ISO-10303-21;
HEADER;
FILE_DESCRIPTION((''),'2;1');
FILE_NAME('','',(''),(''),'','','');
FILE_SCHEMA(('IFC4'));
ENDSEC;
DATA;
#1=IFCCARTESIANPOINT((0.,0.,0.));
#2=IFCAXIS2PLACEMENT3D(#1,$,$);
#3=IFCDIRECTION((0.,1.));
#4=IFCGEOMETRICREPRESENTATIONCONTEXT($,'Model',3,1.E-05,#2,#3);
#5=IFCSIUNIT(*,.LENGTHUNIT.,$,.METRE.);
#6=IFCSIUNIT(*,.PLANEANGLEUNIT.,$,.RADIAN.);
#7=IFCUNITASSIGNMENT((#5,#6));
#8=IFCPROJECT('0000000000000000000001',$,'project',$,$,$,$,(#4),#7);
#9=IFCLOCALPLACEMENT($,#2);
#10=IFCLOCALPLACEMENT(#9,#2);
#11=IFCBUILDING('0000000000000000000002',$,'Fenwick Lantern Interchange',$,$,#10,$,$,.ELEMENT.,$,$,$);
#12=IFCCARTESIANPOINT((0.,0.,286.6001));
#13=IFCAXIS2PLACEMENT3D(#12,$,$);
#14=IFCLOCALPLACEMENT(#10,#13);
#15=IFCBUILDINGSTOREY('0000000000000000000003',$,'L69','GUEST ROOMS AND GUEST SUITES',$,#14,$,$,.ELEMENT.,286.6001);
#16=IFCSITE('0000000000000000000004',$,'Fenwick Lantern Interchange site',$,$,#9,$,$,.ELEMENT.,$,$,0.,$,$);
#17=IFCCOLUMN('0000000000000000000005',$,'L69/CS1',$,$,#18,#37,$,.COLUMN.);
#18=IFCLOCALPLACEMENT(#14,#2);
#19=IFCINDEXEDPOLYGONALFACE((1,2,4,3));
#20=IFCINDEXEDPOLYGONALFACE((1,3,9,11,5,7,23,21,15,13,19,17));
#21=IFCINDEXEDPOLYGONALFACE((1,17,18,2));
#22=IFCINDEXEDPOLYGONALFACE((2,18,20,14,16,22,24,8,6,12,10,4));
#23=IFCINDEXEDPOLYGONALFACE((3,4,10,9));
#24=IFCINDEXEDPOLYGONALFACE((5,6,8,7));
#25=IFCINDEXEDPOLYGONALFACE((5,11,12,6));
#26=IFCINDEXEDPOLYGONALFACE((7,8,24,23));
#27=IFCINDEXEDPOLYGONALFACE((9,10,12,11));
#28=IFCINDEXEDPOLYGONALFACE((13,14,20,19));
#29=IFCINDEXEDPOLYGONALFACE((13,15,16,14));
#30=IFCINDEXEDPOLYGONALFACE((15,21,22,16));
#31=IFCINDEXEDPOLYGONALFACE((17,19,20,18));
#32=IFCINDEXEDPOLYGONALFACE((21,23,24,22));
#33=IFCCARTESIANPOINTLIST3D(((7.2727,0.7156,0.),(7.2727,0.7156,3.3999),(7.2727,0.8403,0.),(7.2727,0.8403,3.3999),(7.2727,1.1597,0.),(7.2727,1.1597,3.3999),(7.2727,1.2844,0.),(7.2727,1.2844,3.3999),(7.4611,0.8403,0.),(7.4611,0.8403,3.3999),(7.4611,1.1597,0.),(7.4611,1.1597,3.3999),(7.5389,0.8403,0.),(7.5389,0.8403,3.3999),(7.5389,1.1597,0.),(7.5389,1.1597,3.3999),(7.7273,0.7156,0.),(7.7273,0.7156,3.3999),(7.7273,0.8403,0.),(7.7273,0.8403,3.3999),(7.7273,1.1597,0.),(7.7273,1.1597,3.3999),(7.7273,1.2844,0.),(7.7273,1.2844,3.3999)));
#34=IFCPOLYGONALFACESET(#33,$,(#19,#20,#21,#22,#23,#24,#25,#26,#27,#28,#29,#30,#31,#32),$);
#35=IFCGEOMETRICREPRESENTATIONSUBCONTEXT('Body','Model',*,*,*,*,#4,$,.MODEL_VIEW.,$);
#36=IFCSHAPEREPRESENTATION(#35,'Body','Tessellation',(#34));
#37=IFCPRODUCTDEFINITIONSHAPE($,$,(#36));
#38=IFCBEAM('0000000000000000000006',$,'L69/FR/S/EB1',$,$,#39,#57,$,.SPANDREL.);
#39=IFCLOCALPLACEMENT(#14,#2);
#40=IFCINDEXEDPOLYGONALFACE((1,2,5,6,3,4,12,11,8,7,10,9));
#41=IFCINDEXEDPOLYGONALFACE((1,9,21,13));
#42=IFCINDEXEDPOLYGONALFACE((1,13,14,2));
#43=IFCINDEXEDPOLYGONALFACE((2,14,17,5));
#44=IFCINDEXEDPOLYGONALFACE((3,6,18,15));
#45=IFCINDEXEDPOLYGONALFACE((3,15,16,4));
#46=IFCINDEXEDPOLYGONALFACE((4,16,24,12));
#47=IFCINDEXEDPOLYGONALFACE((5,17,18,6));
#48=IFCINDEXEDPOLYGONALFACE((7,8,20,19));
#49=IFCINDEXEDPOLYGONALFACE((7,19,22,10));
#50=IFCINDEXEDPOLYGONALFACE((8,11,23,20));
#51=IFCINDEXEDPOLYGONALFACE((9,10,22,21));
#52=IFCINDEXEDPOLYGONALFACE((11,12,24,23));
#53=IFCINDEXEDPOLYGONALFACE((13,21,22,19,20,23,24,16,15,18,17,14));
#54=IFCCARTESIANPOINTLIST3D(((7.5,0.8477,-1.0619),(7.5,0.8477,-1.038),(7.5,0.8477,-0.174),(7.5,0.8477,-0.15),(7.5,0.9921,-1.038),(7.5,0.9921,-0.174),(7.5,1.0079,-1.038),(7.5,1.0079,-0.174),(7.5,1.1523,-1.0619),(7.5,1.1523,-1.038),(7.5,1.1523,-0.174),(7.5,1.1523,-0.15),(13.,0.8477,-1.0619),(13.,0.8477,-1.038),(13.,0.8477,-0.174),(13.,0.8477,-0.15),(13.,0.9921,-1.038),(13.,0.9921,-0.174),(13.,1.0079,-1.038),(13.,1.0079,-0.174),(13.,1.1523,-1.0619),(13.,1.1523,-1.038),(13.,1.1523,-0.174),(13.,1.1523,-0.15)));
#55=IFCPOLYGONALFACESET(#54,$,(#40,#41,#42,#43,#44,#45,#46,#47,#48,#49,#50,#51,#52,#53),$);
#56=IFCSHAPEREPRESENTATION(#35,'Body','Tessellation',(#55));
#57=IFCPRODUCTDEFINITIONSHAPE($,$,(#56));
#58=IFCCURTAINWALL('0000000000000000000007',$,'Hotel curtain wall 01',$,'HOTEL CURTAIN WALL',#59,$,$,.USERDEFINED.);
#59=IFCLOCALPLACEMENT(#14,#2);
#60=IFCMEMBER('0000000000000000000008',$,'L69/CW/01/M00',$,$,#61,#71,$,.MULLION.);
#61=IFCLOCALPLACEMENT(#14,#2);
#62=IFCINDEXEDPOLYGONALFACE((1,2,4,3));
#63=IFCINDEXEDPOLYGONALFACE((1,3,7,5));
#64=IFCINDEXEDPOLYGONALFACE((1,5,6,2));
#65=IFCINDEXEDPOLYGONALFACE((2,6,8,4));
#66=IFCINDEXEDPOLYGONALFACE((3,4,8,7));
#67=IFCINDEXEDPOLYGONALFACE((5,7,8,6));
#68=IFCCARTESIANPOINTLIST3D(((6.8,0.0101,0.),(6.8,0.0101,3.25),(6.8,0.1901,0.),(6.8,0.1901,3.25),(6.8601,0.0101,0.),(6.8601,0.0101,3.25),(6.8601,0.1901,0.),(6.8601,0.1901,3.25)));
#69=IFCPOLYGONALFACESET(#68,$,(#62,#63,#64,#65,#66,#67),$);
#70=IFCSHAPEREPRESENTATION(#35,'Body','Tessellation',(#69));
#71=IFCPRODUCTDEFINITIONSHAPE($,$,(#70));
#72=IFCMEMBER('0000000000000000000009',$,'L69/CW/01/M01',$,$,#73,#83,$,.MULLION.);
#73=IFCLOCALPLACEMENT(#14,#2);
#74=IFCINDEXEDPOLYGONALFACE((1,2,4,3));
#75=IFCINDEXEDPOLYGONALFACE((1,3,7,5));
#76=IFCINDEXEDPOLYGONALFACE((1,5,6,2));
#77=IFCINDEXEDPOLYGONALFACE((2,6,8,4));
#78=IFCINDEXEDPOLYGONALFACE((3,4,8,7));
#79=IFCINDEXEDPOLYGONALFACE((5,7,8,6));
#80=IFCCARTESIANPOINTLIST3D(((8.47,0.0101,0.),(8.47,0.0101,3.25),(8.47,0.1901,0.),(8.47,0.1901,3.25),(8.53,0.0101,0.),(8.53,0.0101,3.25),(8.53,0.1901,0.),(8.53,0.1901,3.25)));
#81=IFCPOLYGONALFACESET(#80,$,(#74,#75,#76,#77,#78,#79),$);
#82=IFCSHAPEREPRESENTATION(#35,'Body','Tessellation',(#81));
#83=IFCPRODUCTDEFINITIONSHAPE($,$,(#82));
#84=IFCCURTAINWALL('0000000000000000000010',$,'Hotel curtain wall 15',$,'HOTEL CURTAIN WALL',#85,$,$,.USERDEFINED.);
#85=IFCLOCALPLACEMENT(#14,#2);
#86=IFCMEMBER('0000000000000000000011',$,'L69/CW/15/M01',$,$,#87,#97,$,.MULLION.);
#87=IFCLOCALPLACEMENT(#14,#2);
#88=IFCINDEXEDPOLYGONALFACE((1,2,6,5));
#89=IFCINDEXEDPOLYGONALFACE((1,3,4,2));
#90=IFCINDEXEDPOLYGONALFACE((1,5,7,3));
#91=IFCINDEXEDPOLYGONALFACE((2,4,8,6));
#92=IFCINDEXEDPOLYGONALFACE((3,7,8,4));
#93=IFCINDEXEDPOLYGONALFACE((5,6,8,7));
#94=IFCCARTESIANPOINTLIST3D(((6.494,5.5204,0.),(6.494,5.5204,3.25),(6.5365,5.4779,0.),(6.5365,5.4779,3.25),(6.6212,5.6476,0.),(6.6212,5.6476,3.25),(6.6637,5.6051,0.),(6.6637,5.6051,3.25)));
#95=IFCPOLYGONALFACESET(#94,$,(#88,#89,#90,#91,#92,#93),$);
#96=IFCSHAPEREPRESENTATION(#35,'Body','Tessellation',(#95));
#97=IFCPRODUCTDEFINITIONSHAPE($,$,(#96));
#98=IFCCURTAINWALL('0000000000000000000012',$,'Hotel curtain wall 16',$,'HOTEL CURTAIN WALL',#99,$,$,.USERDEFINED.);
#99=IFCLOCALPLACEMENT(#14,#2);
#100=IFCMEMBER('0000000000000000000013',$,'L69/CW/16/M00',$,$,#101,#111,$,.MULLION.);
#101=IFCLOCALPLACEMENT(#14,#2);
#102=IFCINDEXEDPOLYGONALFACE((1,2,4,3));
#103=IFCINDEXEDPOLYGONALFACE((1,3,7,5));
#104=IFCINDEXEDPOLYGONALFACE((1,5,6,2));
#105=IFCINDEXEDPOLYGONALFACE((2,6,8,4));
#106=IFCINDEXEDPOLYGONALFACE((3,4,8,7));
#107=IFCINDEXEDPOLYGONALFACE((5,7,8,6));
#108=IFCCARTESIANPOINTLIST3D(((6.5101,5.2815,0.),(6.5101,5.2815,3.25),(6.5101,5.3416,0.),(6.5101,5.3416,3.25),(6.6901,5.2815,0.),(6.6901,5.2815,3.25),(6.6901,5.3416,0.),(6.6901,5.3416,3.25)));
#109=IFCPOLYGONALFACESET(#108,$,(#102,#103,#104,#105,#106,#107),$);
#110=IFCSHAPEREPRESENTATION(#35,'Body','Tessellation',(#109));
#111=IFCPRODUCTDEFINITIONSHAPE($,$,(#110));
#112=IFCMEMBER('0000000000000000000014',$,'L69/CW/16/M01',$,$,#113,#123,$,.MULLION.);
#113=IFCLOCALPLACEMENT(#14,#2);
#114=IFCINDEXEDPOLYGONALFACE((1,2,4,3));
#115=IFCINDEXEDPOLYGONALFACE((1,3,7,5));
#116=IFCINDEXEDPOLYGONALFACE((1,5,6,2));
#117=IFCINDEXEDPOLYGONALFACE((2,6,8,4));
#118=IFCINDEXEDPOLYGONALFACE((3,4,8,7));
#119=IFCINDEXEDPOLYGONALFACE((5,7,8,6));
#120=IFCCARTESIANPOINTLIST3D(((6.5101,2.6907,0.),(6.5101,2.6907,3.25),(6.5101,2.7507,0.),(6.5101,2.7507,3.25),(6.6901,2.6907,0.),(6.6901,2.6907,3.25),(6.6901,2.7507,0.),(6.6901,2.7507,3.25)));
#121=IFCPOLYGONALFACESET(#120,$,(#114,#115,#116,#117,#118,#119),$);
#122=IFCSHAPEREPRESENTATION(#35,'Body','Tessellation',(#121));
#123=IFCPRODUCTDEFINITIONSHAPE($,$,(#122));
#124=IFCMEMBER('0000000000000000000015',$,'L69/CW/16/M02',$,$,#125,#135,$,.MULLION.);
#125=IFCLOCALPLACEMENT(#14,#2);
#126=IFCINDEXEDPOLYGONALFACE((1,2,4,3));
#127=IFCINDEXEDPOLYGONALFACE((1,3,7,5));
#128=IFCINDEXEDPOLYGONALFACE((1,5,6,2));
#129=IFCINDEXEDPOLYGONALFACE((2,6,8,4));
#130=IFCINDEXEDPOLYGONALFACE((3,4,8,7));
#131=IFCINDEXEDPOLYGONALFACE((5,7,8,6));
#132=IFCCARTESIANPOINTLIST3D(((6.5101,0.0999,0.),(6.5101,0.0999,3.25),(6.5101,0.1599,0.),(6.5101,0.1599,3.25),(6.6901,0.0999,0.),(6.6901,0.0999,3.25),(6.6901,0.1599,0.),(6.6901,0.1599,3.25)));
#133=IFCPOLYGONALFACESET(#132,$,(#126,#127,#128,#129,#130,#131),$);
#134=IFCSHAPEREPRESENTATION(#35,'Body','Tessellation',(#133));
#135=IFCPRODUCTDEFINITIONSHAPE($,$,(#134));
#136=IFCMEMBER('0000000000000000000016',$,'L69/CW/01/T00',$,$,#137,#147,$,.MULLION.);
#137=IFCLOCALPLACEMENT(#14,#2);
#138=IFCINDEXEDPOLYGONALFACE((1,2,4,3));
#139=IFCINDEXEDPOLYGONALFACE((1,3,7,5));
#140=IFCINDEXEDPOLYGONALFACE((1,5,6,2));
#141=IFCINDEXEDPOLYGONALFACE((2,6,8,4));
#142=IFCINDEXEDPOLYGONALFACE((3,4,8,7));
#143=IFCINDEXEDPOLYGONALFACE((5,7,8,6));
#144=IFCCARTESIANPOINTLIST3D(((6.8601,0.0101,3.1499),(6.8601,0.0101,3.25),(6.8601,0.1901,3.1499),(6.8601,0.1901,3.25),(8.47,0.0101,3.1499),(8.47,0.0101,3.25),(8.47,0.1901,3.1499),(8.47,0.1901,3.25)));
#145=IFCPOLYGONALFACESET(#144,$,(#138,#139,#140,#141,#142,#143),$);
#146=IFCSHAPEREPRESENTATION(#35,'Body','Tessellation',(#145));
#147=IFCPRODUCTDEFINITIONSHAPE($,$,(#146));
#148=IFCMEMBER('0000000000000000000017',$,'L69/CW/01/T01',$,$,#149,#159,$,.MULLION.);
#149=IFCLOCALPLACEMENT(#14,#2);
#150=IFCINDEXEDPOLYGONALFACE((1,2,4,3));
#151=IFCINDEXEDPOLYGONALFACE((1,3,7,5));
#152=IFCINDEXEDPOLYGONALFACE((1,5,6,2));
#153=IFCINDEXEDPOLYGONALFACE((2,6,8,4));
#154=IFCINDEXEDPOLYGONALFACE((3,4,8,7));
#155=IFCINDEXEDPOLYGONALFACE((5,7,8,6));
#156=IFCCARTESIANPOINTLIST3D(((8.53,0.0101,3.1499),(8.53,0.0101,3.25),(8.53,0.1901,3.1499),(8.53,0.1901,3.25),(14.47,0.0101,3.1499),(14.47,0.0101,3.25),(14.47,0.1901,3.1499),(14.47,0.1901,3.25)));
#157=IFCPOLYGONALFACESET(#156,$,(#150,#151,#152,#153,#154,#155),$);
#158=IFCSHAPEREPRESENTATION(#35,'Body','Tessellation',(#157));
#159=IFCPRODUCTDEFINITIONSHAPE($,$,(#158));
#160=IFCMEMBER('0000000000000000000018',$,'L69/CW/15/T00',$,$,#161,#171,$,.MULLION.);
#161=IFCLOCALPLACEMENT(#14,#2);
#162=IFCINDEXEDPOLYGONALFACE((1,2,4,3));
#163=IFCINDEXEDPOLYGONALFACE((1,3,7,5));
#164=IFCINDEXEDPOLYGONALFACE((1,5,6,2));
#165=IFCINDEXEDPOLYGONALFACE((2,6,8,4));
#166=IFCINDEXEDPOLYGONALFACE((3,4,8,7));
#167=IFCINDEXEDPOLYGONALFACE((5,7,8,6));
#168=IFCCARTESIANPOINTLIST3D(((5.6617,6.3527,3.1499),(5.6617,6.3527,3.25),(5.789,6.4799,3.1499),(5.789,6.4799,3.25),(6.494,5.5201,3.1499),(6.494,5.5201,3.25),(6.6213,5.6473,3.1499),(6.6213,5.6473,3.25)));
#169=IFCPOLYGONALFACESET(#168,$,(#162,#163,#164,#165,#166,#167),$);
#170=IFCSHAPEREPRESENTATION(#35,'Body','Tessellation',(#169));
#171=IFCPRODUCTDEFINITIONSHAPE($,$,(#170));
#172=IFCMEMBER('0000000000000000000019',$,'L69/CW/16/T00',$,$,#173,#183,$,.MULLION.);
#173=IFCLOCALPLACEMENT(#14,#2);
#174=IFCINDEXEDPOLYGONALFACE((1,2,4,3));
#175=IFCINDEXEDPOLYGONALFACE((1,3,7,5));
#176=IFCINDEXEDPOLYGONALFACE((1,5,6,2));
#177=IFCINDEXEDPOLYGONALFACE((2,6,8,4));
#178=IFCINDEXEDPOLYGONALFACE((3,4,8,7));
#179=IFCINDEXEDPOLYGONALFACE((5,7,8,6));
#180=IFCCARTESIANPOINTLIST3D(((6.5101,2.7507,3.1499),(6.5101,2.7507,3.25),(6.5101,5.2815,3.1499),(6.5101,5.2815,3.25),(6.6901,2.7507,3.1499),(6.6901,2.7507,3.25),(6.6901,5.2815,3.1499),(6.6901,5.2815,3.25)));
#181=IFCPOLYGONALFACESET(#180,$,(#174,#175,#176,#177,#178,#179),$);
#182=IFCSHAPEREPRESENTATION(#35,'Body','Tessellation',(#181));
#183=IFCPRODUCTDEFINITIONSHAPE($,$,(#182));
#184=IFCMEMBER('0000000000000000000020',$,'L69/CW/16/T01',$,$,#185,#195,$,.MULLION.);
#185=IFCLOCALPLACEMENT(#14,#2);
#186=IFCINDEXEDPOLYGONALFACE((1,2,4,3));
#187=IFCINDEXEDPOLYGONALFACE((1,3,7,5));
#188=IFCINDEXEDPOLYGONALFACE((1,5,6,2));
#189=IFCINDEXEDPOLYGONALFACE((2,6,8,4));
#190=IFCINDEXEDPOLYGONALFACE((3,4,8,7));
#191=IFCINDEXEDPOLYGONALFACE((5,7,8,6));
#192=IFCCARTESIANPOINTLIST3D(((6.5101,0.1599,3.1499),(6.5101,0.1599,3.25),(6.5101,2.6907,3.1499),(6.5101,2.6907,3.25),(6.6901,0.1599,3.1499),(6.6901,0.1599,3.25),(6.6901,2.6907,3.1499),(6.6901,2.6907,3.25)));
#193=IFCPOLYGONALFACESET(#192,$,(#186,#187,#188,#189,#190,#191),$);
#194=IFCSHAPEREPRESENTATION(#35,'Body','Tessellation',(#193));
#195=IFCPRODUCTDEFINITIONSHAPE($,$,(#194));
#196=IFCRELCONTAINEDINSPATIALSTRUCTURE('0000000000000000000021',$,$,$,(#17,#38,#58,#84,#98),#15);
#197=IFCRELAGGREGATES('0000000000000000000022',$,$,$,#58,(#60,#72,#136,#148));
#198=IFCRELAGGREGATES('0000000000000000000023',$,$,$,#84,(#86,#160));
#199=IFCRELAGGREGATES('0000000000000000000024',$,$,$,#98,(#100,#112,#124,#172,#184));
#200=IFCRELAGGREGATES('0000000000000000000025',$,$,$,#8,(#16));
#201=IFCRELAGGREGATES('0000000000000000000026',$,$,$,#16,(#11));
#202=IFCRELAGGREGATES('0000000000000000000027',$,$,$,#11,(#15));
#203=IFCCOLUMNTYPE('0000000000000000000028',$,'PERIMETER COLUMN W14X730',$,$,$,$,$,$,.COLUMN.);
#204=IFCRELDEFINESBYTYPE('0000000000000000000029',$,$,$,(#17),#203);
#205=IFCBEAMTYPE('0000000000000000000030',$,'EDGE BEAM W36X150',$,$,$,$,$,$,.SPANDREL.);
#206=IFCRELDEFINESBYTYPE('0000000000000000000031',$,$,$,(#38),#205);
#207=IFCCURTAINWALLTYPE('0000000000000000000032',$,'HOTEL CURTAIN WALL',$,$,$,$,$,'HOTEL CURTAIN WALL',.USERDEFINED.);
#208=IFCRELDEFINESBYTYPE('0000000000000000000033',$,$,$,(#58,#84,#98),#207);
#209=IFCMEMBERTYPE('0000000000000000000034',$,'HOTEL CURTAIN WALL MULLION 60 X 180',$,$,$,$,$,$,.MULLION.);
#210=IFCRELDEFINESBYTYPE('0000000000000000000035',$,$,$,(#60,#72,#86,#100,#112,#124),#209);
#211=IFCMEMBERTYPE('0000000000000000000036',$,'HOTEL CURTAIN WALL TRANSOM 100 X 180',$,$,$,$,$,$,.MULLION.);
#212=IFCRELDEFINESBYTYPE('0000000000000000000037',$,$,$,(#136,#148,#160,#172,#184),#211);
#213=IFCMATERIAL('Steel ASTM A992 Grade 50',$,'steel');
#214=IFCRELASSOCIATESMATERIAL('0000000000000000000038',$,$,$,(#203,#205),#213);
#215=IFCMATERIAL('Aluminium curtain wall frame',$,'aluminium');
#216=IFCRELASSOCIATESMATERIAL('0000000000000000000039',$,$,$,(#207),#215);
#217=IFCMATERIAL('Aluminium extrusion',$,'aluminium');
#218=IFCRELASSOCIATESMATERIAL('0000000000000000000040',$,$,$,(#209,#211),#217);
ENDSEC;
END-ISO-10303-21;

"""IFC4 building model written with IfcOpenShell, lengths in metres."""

from ifc_helpers import new_model, si_unit, direction, frame, origin, origin_2d, place, context, subcontext, project, spatial, rectangle, i_section, extrude, material, material_profile, profile_set, type_object, element, aggregate, save


model = new_model("IFC4")

# Units and contexts
model_context = context("Model", 3, precision=1e-05, world=origin(), true_north=direction((0.0, 1.0)))
body_context = subcontext(model_context, "Body", "Model", "MODEL_VIEW")
ifc_project = project(units=[si_unit("LENGTHUNIT", "METRE"), si_unit("PLANEANGLEUNIT", "RADIAN")], contexts=[model_context])

# Site, building, storey
site_placement = place(None, origin())
site = spatial("IfcSite", under=ifc_project, at=site_placement, Name="Fenwick Lantern Interchange site", CompositionType="ELEMENT", RefElevation=0.0)
building_placement = place(site_placement, origin())
building = spatial("IfcBuilding", under=site, at=building_placement, Name="Fenwick Lantern Interchange", CompositionType="ELEMENT")
storey_placement = place(building_placement, frame((0.0, 0.0, 286.6001)))
storey = spatial("IfcBuildingStorey", under=building, at=storey_placement, Name="L69", Description="GUEST ROOMS AND GUEST SUITES", CompositionType="ELEMENT", Elevation=286.6001)

# Column
ifc_material_1 = material(Name="Steel ASTM A992 Grade 50", Category="steel")
ifc_material_profile_1 = material_profile(ifc_material_1, i_section(OverallWidth=0.4546, OverallDepth=0.5688, WebThickness=0.0779, FlangeThickness=0.1248, at=origin_2d()), Name="W14X730")
ifc_profile_set_1 = profile_set([ifc_material_profile_1], Name="Steel ASTM A992 Grade 50")
column_type = type_object("IfcColumnType", Name="PERIMETER COLUMN W14X730", PredefinedType="COLUMN", material=ifc_profile_set_1)
column_placement = place(storey_placement, frame((7.5, 1.0, 0.0), z_axis=(0.0, 0.0, 1.0), x_axis=(1.0, 0.0, 0.0)))
element("IfcColumn", 1, at=column_placement, inside=storey, type_object=column_type, Name="L69/CS1", PredefinedType="COLUMN", context=body_context, shape_type="SweptSolid", body=[
    extrude(i_section(OverallWidth=0.4546, OverallDepth=0.5688, WebThickness=0.0779, FlangeThickness=0.1248, at=origin_2d()), origin(), (0.0, 0.0, 1.0), 3.3999),
])

# Beam
ifc_material_profile_2 = material_profile(ifc_material_1, i_section(OverallWidth=0.3047, OverallDepth=0.9119, WebThickness=0.0159, FlangeThickness=0.0239, at=origin_2d()), Name="W36X150")
ifc_profile_set_2 = profile_set([ifc_material_profile_2], Name="Steel ASTM A992 Grade 50")
beam_type = type_object("IfcBeamType", Name="EDGE BEAM W36X150", PredefinedType="SPANDREL", material=ifc_profile_set_2)
beam_placement = place(storey_placement, frame((7.5, 1.0, -0.606), z_axis=(1.0, 0.0, 0.0), x_axis=(0.0, 1.0, 0.0)))
element("IfcBeam", 2, at=beam_placement, inside=storey, type_object=beam_type, Name="L69/FR/S/EB1", PredefinedType="SPANDREL", context=body_context, shape_type="SweptSolid", body=[
    extrude(i_section(OverallWidth=0.3047, OverallDepth=0.9119, WebThickness=0.0159, FlangeThickness=0.0239, at=origin_2d()), origin(), (0.0, 0.0, 1.0), 5.5),
])

# Curtain wall, members
ifc_material_2 = material(Name="Aluminium curtain wall frame", Category="aluminium")
curtain_wall_type = type_object("IfcCurtainWallType", Name="HOTEL CURTAIN WALL", ElementType="HOTEL CURTAIN WALL", PredefinedType="USERDEFINED", material=ifc_material_2)
curtain_wall_1_placement = place(storey_placement, origin())
curtain_wall_1 = element("IfcCurtainWall", 3, at=curtain_wall_1_placement, inside=storey, type_object=curtain_wall_type, Name="Hotel curtain wall 01", ObjectType="HOTEL CURTAIN WALL", PredefinedType="USERDEFINED")
ifc_material_3 = material(Name="Aluminium extrusion", Category="aluminium")
ifc_material_profile_3 = material_profile(ifc_material_3, rectangle(XDim=0.1799, YDim=0.0601, at=origin_2d()), Name="HOTEL CURTAIN WALL MULLION 60 X 180")
ifc_profile_set_3 = profile_set([ifc_material_profile_3], Name="Aluminium extrusion")
member_type_1 = type_object("IfcMemberType", Name="HOTEL CURTAIN WALL MULLION 60 X 180", PredefinedType="MULLION", material=ifc_profile_set_3)
member_1_placement = place(storey_placement, frame((6.8301, 0.1001, 0.0), z_axis=(0.0, 0.0, 1.0), x_axis=(0.0, 1.0, 0.0)))
member_1 = element("IfcMember", 4, at=member_1_placement, type_object=member_type_1, Name="L69/CW/01/M00", PredefinedType="MULLION", context=body_context, shape_type="SweptSolid", body=[
    extrude(rectangle(XDim=0.1799, YDim=0.0601, at=origin_2d()), origin(), (0.0, 0.0, 1.0), 3.25),
])
member_2_placement = place(storey_placement, frame((8.5, 0.1001, 0.0), z_axis=(0.0, 0.0, 1.0), x_axis=(0.0, 1.0, 0.0)))
member_2 = element("IfcMember", 5, at=member_2_placement, type_object=member_type_1, Name="L69/CW/01/M01", PredefinedType="MULLION", context=body_context, shape_type="SweptSolid", body=[
    extrude(rectangle(XDim=0.1799, YDim=0.0601, at=origin_2d()), origin(), (0.0, 0.0, 1.0), 3.25),
])

# Curtain wall, member
curtain_wall_2_placement = place(storey_placement, origin())
curtain_wall_2 = element("IfcCurtainWall", 6, at=curtain_wall_2_placement, inside=storey, type_object=curtain_wall_type, Name="Hotel curtain wall 15", ObjectType="HOTEL CURTAIN WALL", PredefinedType="USERDEFINED")
member_3_placement = place(storey_placement, frame((6.5789, 5.5627, 0.0), z_axis=(0.0, 0.0, 1.0), x_axis=(0.707107, 0.707107, 0.0)))
member_3 = element("IfcMember", 7, at=member_3_placement, type_object=member_type_1, Name="L69/CW/15/M01", PredefinedType="MULLION", context=body_context, shape_type="SweptSolid", body=[
    extrude(rectangle(XDim=0.1799, YDim=0.0601, at=origin_2d()), origin(), (0.0, 0.0, 1.0), 3.25),
])

# Curtain wall, members
curtain_wall_3_placement = place(storey_placement, origin())
curtain_wall_3 = element("IfcCurtainWall", 8, at=curtain_wall_3_placement, inside=storey, type_object=curtain_wall_type, Name="Hotel curtain wall 16", ObjectType="HOTEL CURTAIN WALL", PredefinedType="USERDEFINED")
member_4_placement = place(storey_placement, frame((6.6001, 5.3115, 0.0), z_axis=(0.0, 0.0, 1.0), x_axis=(1.0, 0.0, 0.0)))
member_4 = element("IfcMember", 9, at=member_4_placement, type_object=member_type_1, Name="L69/CW/16/M00", PredefinedType="MULLION", context=body_context, shape_type="SweptSolid", body=[
    extrude(rectangle(XDim=0.1799, YDim=0.0601, at=origin_2d()), origin(), (0.0, 0.0, 1.0), 3.25),
])
member_5_placement = place(storey_placement, frame((6.6001, 2.7207, 0.0), z_axis=(0.0, 0.0, 1.0), x_axis=(1.0, 0.0, 0.0)))
member_5 = element("IfcMember", 10, at=member_5_placement, type_object=member_type_1, Name="L69/CW/16/M01", PredefinedType="MULLION", context=body_context, shape_type="SweptSolid", body=[
    extrude(rectangle(XDim=0.1799, YDim=0.0601, at=origin_2d()), origin(), (0.0, 0.0, 1.0), 3.25),
])
member_6_placement = place(storey_placement, frame((6.6001, 0.1299, 0.0), z_axis=(0.0, 0.0, 1.0), x_axis=(1.0, 0.0, 0.0)))
member_6 = element("IfcMember", 11, at=member_6_placement, type_object=member_type_1, Name="L69/CW/16/M02", PredefinedType="MULLION", context=body_context, shape_type="SweptSolid", body=[
    extrude(rectangle(XDim=0.1799, YDim=0.0601, at=origin_2d()), origin(), (0.0, 0.0, 1.0), 3.25),
])

# Members
ifc_material_profile_4 = material_profile(ifc_material_3, rectangle(XDim=0.1799, YDim=0.1001, at=origin_2d()), Name="HOTEL CURTAIN WALL TRANSOM 100 X 180")
ifc_profile_set_4 = profile_set([ifc_material_profile_4], Name="Aluminium extrusion")
member_type_2 = type_object("IfcMemberType", Name="HOTEL CURTAIN WALL TRANSOM 100 X 180", PredefinedType="MULLION", material=ifc_profile_set_4)
member_7_placement = place(storey_placement, frame((6.8601, 0.1001, 3.2), z_axis=(1.0, 0.0, 0.0), x_axis=(0.0, 1.0, 0.0)))
member_7 = element("IfcMember", 12, at=member_7_placement, type_object=member_type_2, Name="L69/CW/01/T00", PredefinedType="MULLION", context=body_context, shape_type="SweptSolid", body=[
    extrude(rectangle(XDim=0.1799, YDim=0.1001, at=origin_2d()), origin(), (0.0, 0.0, 1.0), 1.6099),
])
member_8_placement = place(storey_placement, frame((8.53, 0.1001, 3.2), z_axis=(1.0, 0.0, 0.0), x_axis=(0.0, 1.0, 0.0)))
member_8 = element("IfcMember", 13, at=member_8_placement, type_object=member_type_2, Name="L69/CW/01/T01", PredefinedType="MULLION", context=body_context, shape_type="SweptSolid", body=[
    extrude(rectangle(XDim=0.1799, YDim=0.1001, at=origin_2d()), origin(), (0.0, 0.0, 1.0), 5.9399),
])
member_9_placement = place(storey_placement, frame((5.7253, 6.4163, 3.2), z_axis=(0.707003, -0.70721, 0.0), x_axis=(0.70721, 0.707003, 0.0)))
member_9 = element("IfcMember", 14, at=member_9_placement, type_object=member_type_2, Name="L69/CW/15/T00", PredefinedType="MULLION", context=body_context, shape_type="SweptSolid", body=[
    extrude(rectangle(XDim=0.1799, YDim=0.1001, at=origin_2d()), origin(), (0.0, 0.0, 1.0), 1.1772),
])
member_10_placement = place(storey_placement, frame((6.6001, 5.2815, 3.2), z_axis=(0.0, -1.0, 0.0), x_axis=(1.0, 0.0, 0.0)))
member_10 = element("IfcMember", 15, at=member_10_placement, type_object=member_type_2, Name="L69/CW/16/T00", PredefinedType="MULLION", context=body_context, shape_type="SweptSolid", body=[
    extrude(rectangle(XDim=0.1799, YDim=0.1001, at=origin_2d()), origin(), (0.0, 0.0, 1.0), 2.5308),
])
member_11_placement = place(storey_placement, frame((6.6001, 2.6907, 3.2), z_axis=(0.0, -1.0, 0.0), x_axis=(1.0, 0.0, 0.0)))
member_11 = element("IfcMember", 16, at=member_11_placement, type_object=member_type_2, Name="L69/CW/16/T01", PredefinedType="MULLION", context=body_context, shape_type="SweptSolid", body=[
    extrude(rectangle(XDim=0.1799, YDim=0.1001, at=origin_2d()), origin(), (0.0, 0.0, 1.0), 2.5308),
])

aggregate(curtain_wall_1, [member_1, member_2, member_7, member_8])
aggregate(curtain_wall_2, [member_3, member_9])
aggregate(curtain_wall_3, [member_4, member_5, member_6, member_10, member_11])

save(model, "model.ifc")
